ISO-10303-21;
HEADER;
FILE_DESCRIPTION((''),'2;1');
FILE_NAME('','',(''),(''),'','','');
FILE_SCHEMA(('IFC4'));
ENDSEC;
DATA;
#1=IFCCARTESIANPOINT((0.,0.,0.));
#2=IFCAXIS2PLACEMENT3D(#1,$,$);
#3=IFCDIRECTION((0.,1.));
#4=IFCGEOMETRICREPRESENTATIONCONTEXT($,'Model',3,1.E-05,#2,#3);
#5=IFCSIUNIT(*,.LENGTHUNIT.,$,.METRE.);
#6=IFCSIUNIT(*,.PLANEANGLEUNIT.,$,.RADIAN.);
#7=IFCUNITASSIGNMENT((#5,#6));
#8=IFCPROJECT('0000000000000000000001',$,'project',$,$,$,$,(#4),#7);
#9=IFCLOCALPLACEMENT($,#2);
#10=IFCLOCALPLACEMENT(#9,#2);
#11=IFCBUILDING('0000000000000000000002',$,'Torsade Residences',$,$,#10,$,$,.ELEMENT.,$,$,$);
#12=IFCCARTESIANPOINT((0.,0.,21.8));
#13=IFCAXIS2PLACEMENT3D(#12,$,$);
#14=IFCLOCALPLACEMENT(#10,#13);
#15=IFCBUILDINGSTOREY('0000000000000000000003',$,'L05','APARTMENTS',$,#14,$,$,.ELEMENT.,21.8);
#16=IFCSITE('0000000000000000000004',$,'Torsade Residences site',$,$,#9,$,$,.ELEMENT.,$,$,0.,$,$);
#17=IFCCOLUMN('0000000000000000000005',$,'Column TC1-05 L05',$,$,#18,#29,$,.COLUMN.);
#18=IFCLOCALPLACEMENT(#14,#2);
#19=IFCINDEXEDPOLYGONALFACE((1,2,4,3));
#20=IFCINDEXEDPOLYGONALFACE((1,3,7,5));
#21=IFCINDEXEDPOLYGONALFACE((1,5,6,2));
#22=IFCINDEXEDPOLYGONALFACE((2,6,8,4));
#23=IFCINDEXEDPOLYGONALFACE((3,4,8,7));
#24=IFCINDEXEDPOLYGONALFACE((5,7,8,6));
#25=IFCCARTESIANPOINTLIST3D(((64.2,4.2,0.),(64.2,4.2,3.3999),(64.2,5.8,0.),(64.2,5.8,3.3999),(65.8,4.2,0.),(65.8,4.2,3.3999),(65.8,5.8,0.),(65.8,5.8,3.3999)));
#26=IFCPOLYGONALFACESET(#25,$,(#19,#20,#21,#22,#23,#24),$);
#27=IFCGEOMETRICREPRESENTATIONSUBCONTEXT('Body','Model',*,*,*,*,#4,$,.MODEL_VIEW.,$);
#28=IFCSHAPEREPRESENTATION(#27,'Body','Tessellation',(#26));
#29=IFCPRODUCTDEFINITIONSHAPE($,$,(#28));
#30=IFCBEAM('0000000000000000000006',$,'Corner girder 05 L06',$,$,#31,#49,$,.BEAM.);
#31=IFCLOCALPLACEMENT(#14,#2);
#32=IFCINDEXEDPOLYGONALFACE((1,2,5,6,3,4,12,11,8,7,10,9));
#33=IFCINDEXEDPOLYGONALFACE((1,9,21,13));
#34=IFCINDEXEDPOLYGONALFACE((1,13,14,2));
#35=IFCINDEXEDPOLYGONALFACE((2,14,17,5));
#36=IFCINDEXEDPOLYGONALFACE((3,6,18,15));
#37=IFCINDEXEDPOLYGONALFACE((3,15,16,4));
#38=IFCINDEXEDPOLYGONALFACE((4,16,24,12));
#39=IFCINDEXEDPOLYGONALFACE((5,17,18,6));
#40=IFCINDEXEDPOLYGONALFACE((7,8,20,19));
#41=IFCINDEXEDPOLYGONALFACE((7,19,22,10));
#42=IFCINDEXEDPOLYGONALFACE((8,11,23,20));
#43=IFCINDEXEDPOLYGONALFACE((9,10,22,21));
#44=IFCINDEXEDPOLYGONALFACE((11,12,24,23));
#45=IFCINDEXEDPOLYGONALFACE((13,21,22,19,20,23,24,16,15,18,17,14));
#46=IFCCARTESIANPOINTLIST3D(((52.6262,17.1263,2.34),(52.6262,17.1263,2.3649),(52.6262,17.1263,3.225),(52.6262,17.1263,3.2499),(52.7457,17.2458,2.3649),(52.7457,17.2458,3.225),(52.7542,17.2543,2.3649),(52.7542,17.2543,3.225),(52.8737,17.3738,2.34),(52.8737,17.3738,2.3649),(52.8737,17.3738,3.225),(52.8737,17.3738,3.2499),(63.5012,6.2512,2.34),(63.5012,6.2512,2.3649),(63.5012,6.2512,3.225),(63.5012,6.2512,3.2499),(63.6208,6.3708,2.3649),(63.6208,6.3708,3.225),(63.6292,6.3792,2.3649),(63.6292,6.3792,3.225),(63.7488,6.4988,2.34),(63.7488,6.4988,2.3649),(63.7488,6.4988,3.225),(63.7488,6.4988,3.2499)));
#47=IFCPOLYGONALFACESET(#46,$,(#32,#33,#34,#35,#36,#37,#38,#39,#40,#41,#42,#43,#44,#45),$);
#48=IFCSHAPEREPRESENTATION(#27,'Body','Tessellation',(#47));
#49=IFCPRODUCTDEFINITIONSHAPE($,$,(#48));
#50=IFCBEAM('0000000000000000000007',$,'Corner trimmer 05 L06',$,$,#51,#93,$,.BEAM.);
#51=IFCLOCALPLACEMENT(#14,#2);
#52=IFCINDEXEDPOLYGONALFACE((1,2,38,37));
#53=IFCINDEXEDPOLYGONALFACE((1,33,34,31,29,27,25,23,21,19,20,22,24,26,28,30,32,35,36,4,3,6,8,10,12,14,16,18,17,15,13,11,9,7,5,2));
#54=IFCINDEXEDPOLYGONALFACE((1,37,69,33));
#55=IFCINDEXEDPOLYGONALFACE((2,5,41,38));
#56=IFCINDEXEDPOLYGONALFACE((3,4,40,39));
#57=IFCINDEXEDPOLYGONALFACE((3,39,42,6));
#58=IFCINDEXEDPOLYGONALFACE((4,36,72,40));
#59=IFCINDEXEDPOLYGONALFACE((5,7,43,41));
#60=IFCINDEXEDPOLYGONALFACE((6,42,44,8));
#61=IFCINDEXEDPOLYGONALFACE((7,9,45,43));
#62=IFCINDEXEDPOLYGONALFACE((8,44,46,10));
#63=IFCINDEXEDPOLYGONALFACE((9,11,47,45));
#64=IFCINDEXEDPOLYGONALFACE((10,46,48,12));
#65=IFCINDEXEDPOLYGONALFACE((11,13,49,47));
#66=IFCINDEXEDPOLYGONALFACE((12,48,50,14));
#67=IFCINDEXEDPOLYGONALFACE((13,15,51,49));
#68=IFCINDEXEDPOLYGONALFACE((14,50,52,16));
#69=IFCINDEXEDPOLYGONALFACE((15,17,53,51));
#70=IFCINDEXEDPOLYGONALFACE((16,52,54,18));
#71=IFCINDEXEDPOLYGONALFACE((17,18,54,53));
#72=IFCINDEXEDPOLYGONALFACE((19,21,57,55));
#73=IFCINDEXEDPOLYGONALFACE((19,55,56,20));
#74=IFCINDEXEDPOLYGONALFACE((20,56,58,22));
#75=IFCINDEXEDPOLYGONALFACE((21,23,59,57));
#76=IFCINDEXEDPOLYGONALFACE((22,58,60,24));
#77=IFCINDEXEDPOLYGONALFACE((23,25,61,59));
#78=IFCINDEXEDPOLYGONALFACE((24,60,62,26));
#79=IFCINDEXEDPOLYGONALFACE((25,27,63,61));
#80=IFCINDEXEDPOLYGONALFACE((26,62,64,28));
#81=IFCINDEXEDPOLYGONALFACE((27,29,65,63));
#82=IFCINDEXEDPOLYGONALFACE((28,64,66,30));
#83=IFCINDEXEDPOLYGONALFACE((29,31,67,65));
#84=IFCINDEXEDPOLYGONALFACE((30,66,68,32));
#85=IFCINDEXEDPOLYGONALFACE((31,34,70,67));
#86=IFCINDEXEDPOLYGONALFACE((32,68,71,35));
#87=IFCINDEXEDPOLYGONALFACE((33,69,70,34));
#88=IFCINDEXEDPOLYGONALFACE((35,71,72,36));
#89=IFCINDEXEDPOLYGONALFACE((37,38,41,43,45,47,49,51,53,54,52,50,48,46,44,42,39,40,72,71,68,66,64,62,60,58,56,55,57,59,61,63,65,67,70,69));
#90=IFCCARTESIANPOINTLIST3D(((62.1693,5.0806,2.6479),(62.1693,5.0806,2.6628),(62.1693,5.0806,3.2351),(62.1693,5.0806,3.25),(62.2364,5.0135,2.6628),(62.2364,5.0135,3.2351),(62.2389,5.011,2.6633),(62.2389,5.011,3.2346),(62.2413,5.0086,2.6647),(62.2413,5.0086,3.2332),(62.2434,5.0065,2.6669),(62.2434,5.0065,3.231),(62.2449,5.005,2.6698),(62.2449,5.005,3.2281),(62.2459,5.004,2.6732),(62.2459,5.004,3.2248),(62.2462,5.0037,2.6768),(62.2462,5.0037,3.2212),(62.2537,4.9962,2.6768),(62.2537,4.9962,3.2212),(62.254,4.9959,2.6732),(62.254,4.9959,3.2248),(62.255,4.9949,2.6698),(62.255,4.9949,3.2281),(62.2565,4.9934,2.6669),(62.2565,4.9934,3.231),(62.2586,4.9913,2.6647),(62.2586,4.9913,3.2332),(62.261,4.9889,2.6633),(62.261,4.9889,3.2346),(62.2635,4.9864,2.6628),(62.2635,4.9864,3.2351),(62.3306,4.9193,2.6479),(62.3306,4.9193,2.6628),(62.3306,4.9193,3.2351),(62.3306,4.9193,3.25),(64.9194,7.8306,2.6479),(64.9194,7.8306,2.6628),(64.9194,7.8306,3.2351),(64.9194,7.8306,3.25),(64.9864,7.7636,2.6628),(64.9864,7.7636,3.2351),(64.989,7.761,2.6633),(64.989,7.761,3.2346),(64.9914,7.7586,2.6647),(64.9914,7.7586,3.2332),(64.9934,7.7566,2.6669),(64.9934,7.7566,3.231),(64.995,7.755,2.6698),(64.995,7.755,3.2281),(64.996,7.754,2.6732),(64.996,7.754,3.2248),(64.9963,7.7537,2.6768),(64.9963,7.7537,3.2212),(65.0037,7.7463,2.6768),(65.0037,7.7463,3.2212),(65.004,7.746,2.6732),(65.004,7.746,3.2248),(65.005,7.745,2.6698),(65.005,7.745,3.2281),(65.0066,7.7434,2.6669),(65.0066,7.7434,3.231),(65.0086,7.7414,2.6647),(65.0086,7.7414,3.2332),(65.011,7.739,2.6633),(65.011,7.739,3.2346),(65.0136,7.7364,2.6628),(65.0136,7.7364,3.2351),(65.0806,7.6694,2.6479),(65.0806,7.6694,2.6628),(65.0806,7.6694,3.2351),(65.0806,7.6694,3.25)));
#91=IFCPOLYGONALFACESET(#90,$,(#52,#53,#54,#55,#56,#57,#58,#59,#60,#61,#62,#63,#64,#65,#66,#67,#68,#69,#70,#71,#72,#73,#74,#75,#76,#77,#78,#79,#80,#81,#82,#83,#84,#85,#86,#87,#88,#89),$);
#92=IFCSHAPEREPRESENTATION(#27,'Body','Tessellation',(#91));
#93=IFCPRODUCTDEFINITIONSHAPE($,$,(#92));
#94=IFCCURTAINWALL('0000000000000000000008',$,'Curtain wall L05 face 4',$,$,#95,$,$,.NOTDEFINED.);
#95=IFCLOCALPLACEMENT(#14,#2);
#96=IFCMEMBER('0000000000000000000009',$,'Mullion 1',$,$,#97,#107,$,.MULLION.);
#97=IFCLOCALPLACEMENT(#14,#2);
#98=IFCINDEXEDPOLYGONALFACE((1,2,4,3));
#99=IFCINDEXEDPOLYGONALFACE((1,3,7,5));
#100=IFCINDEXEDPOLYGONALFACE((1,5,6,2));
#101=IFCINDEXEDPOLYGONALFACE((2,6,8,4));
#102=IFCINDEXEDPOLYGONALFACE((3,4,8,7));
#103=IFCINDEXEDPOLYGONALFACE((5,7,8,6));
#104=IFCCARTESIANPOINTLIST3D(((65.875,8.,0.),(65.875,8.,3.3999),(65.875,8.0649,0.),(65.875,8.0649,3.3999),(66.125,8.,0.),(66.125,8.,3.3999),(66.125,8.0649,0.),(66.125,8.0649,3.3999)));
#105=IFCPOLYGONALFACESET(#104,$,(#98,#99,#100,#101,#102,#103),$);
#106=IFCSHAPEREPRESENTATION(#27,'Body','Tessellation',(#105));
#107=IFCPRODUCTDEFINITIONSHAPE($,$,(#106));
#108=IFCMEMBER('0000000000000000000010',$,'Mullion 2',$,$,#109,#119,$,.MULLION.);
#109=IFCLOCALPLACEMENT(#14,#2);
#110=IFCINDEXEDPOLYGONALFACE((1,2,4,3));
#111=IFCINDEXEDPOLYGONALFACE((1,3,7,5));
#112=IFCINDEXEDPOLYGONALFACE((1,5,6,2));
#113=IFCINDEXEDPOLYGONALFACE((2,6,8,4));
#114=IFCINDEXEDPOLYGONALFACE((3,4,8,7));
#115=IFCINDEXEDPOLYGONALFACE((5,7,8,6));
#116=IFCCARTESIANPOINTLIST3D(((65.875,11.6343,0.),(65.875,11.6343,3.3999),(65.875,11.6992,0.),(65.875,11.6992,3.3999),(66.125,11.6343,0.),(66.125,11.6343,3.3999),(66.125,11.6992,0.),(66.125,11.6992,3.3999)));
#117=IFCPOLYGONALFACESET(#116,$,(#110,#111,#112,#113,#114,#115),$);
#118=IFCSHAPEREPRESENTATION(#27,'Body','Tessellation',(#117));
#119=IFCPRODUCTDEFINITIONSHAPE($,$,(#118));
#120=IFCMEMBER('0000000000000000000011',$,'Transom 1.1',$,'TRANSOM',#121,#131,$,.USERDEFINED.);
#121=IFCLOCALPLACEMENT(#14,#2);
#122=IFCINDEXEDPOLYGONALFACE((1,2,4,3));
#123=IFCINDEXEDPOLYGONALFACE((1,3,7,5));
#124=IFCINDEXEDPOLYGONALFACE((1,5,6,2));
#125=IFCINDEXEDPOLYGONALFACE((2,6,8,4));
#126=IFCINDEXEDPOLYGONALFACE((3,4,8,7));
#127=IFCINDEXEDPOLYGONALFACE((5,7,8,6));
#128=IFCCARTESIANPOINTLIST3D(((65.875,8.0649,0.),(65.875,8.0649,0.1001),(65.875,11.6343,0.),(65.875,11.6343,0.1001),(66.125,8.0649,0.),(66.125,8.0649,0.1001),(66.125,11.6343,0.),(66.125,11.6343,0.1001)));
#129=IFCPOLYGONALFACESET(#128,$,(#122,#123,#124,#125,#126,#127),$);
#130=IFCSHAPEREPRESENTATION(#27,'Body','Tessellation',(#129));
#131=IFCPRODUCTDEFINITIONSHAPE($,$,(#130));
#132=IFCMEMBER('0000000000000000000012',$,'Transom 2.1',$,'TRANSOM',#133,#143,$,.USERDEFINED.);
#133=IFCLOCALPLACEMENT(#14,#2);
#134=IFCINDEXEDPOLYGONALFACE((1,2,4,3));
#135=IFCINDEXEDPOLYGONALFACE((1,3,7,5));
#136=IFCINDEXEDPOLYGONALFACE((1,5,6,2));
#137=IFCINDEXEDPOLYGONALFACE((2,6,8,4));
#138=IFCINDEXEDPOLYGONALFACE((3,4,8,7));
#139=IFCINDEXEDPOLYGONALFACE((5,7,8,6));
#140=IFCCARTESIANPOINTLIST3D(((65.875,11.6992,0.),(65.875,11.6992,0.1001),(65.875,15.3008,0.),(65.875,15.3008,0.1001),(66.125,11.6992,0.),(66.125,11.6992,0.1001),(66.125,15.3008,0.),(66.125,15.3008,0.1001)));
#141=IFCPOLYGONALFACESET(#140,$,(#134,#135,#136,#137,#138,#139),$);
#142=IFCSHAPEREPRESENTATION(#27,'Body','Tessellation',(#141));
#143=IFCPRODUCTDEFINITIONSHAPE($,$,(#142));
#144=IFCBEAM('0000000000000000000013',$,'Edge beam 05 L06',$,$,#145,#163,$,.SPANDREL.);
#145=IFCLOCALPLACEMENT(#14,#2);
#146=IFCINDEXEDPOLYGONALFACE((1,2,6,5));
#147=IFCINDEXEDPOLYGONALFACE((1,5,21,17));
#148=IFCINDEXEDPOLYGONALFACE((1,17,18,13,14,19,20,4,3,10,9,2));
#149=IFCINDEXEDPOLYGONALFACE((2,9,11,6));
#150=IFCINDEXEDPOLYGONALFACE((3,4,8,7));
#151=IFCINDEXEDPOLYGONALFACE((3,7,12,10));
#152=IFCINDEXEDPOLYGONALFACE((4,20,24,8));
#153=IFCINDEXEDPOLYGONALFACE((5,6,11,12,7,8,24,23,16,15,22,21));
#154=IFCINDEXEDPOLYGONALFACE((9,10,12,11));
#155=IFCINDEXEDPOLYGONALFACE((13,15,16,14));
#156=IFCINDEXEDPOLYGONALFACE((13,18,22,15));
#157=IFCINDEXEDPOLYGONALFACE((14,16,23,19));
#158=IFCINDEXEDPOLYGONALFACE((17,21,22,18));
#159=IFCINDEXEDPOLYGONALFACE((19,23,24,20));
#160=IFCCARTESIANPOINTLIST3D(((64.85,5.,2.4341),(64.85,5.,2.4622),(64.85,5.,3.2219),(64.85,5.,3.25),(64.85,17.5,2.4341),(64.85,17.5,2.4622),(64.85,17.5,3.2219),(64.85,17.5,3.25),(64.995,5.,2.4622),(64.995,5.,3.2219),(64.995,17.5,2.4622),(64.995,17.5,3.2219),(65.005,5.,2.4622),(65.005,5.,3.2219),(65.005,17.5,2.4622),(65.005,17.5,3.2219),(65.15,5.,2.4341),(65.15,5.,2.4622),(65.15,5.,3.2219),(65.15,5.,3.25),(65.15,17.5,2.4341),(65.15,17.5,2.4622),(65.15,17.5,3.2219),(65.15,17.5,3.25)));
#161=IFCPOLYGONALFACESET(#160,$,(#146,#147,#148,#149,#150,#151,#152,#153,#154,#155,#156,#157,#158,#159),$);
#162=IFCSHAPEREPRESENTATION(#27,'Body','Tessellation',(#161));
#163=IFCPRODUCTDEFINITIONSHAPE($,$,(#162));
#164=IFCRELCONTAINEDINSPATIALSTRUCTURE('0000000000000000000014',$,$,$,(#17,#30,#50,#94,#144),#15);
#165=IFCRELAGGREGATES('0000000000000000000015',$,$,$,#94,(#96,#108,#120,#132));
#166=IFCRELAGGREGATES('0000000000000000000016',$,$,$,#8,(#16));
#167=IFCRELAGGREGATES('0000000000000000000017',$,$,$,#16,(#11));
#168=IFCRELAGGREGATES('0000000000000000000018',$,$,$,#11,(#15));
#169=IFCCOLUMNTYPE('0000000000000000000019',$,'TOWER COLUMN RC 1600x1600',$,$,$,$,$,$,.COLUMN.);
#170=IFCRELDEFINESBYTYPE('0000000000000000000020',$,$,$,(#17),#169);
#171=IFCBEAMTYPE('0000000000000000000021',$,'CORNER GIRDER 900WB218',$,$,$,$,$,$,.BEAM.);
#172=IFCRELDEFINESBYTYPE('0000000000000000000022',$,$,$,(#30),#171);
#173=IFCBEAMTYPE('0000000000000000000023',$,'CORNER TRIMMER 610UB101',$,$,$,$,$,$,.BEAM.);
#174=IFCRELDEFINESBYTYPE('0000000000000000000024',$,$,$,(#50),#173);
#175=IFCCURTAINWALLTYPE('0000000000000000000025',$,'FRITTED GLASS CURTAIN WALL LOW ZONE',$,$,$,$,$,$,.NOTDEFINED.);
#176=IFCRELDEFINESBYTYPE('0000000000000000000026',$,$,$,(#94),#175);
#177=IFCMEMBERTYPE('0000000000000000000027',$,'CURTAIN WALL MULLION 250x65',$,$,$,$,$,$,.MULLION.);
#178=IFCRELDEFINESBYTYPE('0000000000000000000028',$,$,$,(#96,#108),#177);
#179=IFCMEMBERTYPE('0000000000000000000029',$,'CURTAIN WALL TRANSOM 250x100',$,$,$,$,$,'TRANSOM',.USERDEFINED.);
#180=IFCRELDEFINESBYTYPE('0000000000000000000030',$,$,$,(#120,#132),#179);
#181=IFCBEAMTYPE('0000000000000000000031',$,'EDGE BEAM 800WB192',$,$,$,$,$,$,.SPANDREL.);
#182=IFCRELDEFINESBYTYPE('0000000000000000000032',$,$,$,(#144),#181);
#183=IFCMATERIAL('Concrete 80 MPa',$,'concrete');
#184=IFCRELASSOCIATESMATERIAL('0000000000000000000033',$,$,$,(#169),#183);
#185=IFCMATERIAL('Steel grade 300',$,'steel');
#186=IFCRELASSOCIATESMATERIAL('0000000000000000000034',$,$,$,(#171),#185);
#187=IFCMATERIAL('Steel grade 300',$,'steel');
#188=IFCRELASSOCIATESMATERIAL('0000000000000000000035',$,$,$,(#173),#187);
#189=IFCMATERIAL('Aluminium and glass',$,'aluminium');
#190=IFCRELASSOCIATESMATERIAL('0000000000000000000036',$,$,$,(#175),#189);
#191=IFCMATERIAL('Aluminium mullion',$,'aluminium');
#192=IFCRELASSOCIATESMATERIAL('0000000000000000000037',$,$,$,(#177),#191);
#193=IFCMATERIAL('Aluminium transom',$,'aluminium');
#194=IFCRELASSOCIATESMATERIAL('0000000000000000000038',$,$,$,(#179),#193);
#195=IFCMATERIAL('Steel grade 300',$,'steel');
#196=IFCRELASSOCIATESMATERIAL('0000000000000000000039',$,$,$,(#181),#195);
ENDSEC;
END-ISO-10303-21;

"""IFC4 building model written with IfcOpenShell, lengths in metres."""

from ifc_helpers import new_model, si_unit, direction, frame, origin, origin_2d, place, context, subcontext, project, spatial, rectangle, i_section, extrude, material, material_profile, profile_set, type_object, element, aggregate, save


model = new_model("IFC4")

# Units and contexts
model_context = context("Model", 3, precision=1e-05, world=origin(), true_north=direction((0.0, 1.0)))
body_context = subcontext(model_context, "Body", "Model", "MODEL_VIEW")
ifc_project = project(units=[si_unit("LENGTHUNIT", "METRE"), si_unit("PLANEANGLEUNIT", "RADIAN")], contexts=[model_context])

# Site, building, storey
site_placement = place(None, origin())
site = spatial("IfcSite", under=ifc_project, at=site_placement, Name="Torsade Residences site", CompositionType="ELEMENT", RefElevation=0.0)
building_placement = place(site_placement, origin())
building = spatial("IfcBuilding", under=site, at=building_placement, Name="Torsade Residences", CompositionType="ELEMENT")
storey_placement = place(building_placement, frame((0.0, 0.0, 21.8)))
storey = spatial("IfcBuildingStorey", under=building, at=storey_placement, Name="L05", Description="APARTMENTS", CompositionType="ELEMENT", Elevation=21.8)

# Column
ifc_material_1 = material(Name="Concrete 80 MPa", Category="concrete")
ifc_material_profile_1 = material_profile(ifc_material_1, rectangle(XDim=1.6001, YDim=1.6001, at=origin_2d()), Name="RC 1600x1600")
ifc_profile_set_1 = profile_set([ifc_material_profile_1], Name="Concrete 80 MPa")
column_type = type_object("IfcColumnType", Name="TOWER COLUMN RC 1600x1600", PredefinedType="COLUMN", material=ifc_profile_set_1)
column_placement = place(storey_placement, frame((65.0, 5.0, 0.0), z_axis=(0.0, 0.0, 1.0), x_axis=(1.0, 0.0, 0.0)))
element("IfcColumn", 1, at=column_placement, inside=storey, type_object=column_type, Name="Column TC1-05 L05", PredefinedType="COLUMN", context=body_context, shape_type="SweptSolid", body=[
    extrude(rectangle(XDim=1.6001, YDim=1.6001, at=origin_2d()), origin(), (0.0, 0.0, 1.0), 3.3999),
])

# Beams
ifc_material_2 = material(Name="Steel grade 300", Category="steel")
ifc_material_profile_2 = material_profile(ifc_material_2, i_section(OverallWidth=0.3501, OverallDepth=0.9099, WebThickness=0.012, FlangeThickness=0.0249, at=origin_2d()), Name="900WB218")
ifc_profile_set_2 = profile_set([ifc_material_profile_2], Name="Steel grade 300")
beam_type_1 = type_object("IfcBeamType", Name="CORNER GIRDER 900WB218", PredefinedType="BEAM", material=ifc_profile_set_2)
beam_1_placement = place(storey_placement, frame((63.625, 6.375, 2.7949), z_axis=(-0.707107, 0.707107, 0.0), x_axis=(-0.707107, -0.707107, 0.0)))
element("IfcBeam", 2, at=beam_1_placement, inside=storey, type_object=beam_type_1, Name="Corner girder 05 L06", PredefinedType="BEAM", context=body_context, shape_type="SweptSolid", body=[
    extrude(i_section(OverallWidth=0.3501, OverallDepth=0.9099, WebThickness=0.012, FlangeThickness=0.0249, at=origin_2d()), origin(), (0.0, 0.0, 1.0), 15.3796),
])
ifc_material_3 = material(Name="Steel grade 300", Category="steel")
ifc_material_profile_3 = material_profile(ifc_material_3, i_section(OverallWidth=0.228, OverallDepth=0.6021, WebThickness=0.0105, FlangeThickness=0.0149, FilletRadius=0.0139, at=origin_2d()), Name="610UB101")
ifc_profile_set_3 = profile_set([ifc_material_profile_3], Name="Steel grade 300")
beam_type_2 = type_object("IfcBeamType", Name="CORNER TRIMMER 610UB101", PredefinedType="BEAM", material=ifc_profile_set_3)
beam_2_placement = place(storey_placement, frame((65.0, 7.75, 2.949), z_axis=(-0.707107, -0.707107, 0.0), x_axis=(0.707107, -0.707107, 0.0)))
element("IfcBeam", 3, at=beam_2_placement, inside=storey, type_object=beam_type_2, Name="Corner trimmer 05 L06", PredefinedType="BEAM", context=body_context, shape_type="SweptSolid", body=[
    extrude(i_section(OverallWidth=0.228, OverallDepth=0.6021, WebThickness=0.0105, FlangeThickness=0.0149, FilletRadius=0.0139, at=origin_2d()), origin(), (0.0, 0.0, 1.0), 3.8892),
])

# Curtain wall, members
ifc_material_4 = material(Name="Aluminium and glass", Category="aluminium")
curtain_wall_type = type_object("IfcCurtainWallType", Name="FRITTED GLASS CURTAIN WALL LOW ZONE", PredefinedType="NOTDEFINED", material=ifc_material_4)
curtain_wall_placement = place(storey_placement, origin())
curtain_wall = element("IfcCurtainWall", 4, at=curtain_wall_placement, inside=storey, type_object=curtain_wall_type, Name="Curtain wall L05 face 4", PredefinedType="NOTDEFINED")
ifc_material_5 = material(Name="Aluminium mullion", Category="aluminium")
ifc_material_profile_4 = material_profile(ifc_material_5, rectangle(XDim=0.25, YDim=0.0649, at=origin_2d()), Name="CURTAIN WALL MULLION 250x65")
ifc_profile_set_4 = profile_set([ifc_material_profile_4], Name="Aluminium mullion")
member_type_1 = type_object("IfcMemberType", Name="CURTAIN WALL MULLION 250x65", PredefinedType="MULLION", material=ifc_profile_set_4)
member_1_placement = place(storey_placement, frame((66.0, 8.0325, 0.0), z_axis=(0.0, 0.0, 1.0), x_axis=(-1.0, 0.0, 0.0)))
member_1 = element("IfcMember", 5, at=member_1_placement, type_object=member_type_1, Name="Mullion 1", PredefinedType="MULLION", context=body_context, shape_type="SweptSolid", body=[
    extrude(rectangle(XDim=0.25, YDim=0.0649, at=origin_2d()), origin(), (0.0, 0.0, 1.0), 3.3999),
])
member_2_placement = place(storey_placement, frame((66.0, 11.6667, 0.0), z_axis=(0.0, 0.0, 1.0), x_axis=(-1.0, 0.0, 0.0)))
member_2 = element("IfcMember", 6, at=member_2_placement, type_object=member_type_1, Name="Mullion 2", PredefinedType="MULLION", context=body_context, shape_type="SweptSolid", body=[
    extrude(rectangle(XDim=0.25, YDim=0.0649, at=origin_2d()), origin(), (0.0, 0.0, 1.0), 3.3999),
])
ifc_material_6 = material(Name="Aluminium transom", Category="aluminium")
ifc_material_profile_5 = material_profile(ifc_material_6, rectangle(XDim=0.25, YDim=0.1001, at=origin_2d()), Name="CURTAIN WALL TRANSOM 250x100")
ifc_profile_set_5 = profile_set([ifc_material_profile_5], Name="Aluminium transom")
member_type_2 = type_object("IfcMemberType", Name="CURTAIN WALL TRANSOM 250x100", ElementType="TRANSOM", PredefinedType="USERDEFINED", material=ifc_profile_set_5)
member_3_placement = place(storey_placement, frame((66.0, 8.0649, 0.05), z_axis=(0.0, 1.0, 0.0), x_axis=(-1.0, 0.0, 0.0)))
member_3 = element("IfcMember", 7, at=member_3_placement, type_object=member_type_2, Name="Transom 1.1", ObjectType="TRANSOM", PredefinedType="USERDEFINED", context=body_context, shape_type="SweptSolid", body=[
    extrude(rectangle(XDim=0.25, YDim=0.1001, at=origin_2d()), origin(), (0.0, 0.0, 1.0), 3.5693),
])
member_4_placement = place(storey_placement, frame((66.0, 11.6992, 0.05), z_axis=(0.0, 1.0, 0.0), x_axis=(-1.0, 0.0, 0.0)))
member_4 = element("IfcMember", 8, at=member_4_placement, type_object=member_type_2, Name="Transom 2.1", ObjectType="TRANSOM", PredefinedType="USERDEFINED", context=body_context, shape_type="SweptSolid", body=[
    extrude(rectangle(XDim=0.25, YDim=0.1001, at=origin_2d()), origin(), (0.0, 0.0, 1.0), 3.6016),
])

# Beam
ifc_material_7 = material(Name="Steel grade 300", Category="steel")
ifc_material_profile_6 = material_profile(ifc_material_7, i_section(OverallWidth=0.3, OverallDepth=0.8159, WebThickness=0.01, FlangeThickness=0.0281, at=origin_2d()), Name="800WB192")
ifc_profile_set_6 = profile_set([ifc_material_profile_6], Name="Steel grade 300")
beam_type_3 = type_object("IfcBeamType", Name="EDGE BEAM 800WB192", PredefinedType="SPANDREL", material=ifc_profile_set_6)
beam_3_placement = place(storey_placement, frame((65.0, 5.0, 2.842), z_axis=(0.0, 1.0, 0.0), x_axis=(-1.0, 0.0, 0.0)))
element("IfcBeam", 9, at=beam_3_placement, inside=storey, type_object=beam_type_3, Name="Edge beam 05 L06", PredefinedType="SPANDREL", context=body_context, shape_type="SweptSolid", body=[
    extrude(i_section(OverallWidth=0.3, OverallDepth=0.8159, WebThickness=0.01, FlangeThickness=0.0281, at=origin_2d()), origin(), (0.0, 0.0, 1.0), 12.5),
])

aggregate(curtain_wall, [member_1, member_2, member_3, member_4])

save(model, "model.ifc")
